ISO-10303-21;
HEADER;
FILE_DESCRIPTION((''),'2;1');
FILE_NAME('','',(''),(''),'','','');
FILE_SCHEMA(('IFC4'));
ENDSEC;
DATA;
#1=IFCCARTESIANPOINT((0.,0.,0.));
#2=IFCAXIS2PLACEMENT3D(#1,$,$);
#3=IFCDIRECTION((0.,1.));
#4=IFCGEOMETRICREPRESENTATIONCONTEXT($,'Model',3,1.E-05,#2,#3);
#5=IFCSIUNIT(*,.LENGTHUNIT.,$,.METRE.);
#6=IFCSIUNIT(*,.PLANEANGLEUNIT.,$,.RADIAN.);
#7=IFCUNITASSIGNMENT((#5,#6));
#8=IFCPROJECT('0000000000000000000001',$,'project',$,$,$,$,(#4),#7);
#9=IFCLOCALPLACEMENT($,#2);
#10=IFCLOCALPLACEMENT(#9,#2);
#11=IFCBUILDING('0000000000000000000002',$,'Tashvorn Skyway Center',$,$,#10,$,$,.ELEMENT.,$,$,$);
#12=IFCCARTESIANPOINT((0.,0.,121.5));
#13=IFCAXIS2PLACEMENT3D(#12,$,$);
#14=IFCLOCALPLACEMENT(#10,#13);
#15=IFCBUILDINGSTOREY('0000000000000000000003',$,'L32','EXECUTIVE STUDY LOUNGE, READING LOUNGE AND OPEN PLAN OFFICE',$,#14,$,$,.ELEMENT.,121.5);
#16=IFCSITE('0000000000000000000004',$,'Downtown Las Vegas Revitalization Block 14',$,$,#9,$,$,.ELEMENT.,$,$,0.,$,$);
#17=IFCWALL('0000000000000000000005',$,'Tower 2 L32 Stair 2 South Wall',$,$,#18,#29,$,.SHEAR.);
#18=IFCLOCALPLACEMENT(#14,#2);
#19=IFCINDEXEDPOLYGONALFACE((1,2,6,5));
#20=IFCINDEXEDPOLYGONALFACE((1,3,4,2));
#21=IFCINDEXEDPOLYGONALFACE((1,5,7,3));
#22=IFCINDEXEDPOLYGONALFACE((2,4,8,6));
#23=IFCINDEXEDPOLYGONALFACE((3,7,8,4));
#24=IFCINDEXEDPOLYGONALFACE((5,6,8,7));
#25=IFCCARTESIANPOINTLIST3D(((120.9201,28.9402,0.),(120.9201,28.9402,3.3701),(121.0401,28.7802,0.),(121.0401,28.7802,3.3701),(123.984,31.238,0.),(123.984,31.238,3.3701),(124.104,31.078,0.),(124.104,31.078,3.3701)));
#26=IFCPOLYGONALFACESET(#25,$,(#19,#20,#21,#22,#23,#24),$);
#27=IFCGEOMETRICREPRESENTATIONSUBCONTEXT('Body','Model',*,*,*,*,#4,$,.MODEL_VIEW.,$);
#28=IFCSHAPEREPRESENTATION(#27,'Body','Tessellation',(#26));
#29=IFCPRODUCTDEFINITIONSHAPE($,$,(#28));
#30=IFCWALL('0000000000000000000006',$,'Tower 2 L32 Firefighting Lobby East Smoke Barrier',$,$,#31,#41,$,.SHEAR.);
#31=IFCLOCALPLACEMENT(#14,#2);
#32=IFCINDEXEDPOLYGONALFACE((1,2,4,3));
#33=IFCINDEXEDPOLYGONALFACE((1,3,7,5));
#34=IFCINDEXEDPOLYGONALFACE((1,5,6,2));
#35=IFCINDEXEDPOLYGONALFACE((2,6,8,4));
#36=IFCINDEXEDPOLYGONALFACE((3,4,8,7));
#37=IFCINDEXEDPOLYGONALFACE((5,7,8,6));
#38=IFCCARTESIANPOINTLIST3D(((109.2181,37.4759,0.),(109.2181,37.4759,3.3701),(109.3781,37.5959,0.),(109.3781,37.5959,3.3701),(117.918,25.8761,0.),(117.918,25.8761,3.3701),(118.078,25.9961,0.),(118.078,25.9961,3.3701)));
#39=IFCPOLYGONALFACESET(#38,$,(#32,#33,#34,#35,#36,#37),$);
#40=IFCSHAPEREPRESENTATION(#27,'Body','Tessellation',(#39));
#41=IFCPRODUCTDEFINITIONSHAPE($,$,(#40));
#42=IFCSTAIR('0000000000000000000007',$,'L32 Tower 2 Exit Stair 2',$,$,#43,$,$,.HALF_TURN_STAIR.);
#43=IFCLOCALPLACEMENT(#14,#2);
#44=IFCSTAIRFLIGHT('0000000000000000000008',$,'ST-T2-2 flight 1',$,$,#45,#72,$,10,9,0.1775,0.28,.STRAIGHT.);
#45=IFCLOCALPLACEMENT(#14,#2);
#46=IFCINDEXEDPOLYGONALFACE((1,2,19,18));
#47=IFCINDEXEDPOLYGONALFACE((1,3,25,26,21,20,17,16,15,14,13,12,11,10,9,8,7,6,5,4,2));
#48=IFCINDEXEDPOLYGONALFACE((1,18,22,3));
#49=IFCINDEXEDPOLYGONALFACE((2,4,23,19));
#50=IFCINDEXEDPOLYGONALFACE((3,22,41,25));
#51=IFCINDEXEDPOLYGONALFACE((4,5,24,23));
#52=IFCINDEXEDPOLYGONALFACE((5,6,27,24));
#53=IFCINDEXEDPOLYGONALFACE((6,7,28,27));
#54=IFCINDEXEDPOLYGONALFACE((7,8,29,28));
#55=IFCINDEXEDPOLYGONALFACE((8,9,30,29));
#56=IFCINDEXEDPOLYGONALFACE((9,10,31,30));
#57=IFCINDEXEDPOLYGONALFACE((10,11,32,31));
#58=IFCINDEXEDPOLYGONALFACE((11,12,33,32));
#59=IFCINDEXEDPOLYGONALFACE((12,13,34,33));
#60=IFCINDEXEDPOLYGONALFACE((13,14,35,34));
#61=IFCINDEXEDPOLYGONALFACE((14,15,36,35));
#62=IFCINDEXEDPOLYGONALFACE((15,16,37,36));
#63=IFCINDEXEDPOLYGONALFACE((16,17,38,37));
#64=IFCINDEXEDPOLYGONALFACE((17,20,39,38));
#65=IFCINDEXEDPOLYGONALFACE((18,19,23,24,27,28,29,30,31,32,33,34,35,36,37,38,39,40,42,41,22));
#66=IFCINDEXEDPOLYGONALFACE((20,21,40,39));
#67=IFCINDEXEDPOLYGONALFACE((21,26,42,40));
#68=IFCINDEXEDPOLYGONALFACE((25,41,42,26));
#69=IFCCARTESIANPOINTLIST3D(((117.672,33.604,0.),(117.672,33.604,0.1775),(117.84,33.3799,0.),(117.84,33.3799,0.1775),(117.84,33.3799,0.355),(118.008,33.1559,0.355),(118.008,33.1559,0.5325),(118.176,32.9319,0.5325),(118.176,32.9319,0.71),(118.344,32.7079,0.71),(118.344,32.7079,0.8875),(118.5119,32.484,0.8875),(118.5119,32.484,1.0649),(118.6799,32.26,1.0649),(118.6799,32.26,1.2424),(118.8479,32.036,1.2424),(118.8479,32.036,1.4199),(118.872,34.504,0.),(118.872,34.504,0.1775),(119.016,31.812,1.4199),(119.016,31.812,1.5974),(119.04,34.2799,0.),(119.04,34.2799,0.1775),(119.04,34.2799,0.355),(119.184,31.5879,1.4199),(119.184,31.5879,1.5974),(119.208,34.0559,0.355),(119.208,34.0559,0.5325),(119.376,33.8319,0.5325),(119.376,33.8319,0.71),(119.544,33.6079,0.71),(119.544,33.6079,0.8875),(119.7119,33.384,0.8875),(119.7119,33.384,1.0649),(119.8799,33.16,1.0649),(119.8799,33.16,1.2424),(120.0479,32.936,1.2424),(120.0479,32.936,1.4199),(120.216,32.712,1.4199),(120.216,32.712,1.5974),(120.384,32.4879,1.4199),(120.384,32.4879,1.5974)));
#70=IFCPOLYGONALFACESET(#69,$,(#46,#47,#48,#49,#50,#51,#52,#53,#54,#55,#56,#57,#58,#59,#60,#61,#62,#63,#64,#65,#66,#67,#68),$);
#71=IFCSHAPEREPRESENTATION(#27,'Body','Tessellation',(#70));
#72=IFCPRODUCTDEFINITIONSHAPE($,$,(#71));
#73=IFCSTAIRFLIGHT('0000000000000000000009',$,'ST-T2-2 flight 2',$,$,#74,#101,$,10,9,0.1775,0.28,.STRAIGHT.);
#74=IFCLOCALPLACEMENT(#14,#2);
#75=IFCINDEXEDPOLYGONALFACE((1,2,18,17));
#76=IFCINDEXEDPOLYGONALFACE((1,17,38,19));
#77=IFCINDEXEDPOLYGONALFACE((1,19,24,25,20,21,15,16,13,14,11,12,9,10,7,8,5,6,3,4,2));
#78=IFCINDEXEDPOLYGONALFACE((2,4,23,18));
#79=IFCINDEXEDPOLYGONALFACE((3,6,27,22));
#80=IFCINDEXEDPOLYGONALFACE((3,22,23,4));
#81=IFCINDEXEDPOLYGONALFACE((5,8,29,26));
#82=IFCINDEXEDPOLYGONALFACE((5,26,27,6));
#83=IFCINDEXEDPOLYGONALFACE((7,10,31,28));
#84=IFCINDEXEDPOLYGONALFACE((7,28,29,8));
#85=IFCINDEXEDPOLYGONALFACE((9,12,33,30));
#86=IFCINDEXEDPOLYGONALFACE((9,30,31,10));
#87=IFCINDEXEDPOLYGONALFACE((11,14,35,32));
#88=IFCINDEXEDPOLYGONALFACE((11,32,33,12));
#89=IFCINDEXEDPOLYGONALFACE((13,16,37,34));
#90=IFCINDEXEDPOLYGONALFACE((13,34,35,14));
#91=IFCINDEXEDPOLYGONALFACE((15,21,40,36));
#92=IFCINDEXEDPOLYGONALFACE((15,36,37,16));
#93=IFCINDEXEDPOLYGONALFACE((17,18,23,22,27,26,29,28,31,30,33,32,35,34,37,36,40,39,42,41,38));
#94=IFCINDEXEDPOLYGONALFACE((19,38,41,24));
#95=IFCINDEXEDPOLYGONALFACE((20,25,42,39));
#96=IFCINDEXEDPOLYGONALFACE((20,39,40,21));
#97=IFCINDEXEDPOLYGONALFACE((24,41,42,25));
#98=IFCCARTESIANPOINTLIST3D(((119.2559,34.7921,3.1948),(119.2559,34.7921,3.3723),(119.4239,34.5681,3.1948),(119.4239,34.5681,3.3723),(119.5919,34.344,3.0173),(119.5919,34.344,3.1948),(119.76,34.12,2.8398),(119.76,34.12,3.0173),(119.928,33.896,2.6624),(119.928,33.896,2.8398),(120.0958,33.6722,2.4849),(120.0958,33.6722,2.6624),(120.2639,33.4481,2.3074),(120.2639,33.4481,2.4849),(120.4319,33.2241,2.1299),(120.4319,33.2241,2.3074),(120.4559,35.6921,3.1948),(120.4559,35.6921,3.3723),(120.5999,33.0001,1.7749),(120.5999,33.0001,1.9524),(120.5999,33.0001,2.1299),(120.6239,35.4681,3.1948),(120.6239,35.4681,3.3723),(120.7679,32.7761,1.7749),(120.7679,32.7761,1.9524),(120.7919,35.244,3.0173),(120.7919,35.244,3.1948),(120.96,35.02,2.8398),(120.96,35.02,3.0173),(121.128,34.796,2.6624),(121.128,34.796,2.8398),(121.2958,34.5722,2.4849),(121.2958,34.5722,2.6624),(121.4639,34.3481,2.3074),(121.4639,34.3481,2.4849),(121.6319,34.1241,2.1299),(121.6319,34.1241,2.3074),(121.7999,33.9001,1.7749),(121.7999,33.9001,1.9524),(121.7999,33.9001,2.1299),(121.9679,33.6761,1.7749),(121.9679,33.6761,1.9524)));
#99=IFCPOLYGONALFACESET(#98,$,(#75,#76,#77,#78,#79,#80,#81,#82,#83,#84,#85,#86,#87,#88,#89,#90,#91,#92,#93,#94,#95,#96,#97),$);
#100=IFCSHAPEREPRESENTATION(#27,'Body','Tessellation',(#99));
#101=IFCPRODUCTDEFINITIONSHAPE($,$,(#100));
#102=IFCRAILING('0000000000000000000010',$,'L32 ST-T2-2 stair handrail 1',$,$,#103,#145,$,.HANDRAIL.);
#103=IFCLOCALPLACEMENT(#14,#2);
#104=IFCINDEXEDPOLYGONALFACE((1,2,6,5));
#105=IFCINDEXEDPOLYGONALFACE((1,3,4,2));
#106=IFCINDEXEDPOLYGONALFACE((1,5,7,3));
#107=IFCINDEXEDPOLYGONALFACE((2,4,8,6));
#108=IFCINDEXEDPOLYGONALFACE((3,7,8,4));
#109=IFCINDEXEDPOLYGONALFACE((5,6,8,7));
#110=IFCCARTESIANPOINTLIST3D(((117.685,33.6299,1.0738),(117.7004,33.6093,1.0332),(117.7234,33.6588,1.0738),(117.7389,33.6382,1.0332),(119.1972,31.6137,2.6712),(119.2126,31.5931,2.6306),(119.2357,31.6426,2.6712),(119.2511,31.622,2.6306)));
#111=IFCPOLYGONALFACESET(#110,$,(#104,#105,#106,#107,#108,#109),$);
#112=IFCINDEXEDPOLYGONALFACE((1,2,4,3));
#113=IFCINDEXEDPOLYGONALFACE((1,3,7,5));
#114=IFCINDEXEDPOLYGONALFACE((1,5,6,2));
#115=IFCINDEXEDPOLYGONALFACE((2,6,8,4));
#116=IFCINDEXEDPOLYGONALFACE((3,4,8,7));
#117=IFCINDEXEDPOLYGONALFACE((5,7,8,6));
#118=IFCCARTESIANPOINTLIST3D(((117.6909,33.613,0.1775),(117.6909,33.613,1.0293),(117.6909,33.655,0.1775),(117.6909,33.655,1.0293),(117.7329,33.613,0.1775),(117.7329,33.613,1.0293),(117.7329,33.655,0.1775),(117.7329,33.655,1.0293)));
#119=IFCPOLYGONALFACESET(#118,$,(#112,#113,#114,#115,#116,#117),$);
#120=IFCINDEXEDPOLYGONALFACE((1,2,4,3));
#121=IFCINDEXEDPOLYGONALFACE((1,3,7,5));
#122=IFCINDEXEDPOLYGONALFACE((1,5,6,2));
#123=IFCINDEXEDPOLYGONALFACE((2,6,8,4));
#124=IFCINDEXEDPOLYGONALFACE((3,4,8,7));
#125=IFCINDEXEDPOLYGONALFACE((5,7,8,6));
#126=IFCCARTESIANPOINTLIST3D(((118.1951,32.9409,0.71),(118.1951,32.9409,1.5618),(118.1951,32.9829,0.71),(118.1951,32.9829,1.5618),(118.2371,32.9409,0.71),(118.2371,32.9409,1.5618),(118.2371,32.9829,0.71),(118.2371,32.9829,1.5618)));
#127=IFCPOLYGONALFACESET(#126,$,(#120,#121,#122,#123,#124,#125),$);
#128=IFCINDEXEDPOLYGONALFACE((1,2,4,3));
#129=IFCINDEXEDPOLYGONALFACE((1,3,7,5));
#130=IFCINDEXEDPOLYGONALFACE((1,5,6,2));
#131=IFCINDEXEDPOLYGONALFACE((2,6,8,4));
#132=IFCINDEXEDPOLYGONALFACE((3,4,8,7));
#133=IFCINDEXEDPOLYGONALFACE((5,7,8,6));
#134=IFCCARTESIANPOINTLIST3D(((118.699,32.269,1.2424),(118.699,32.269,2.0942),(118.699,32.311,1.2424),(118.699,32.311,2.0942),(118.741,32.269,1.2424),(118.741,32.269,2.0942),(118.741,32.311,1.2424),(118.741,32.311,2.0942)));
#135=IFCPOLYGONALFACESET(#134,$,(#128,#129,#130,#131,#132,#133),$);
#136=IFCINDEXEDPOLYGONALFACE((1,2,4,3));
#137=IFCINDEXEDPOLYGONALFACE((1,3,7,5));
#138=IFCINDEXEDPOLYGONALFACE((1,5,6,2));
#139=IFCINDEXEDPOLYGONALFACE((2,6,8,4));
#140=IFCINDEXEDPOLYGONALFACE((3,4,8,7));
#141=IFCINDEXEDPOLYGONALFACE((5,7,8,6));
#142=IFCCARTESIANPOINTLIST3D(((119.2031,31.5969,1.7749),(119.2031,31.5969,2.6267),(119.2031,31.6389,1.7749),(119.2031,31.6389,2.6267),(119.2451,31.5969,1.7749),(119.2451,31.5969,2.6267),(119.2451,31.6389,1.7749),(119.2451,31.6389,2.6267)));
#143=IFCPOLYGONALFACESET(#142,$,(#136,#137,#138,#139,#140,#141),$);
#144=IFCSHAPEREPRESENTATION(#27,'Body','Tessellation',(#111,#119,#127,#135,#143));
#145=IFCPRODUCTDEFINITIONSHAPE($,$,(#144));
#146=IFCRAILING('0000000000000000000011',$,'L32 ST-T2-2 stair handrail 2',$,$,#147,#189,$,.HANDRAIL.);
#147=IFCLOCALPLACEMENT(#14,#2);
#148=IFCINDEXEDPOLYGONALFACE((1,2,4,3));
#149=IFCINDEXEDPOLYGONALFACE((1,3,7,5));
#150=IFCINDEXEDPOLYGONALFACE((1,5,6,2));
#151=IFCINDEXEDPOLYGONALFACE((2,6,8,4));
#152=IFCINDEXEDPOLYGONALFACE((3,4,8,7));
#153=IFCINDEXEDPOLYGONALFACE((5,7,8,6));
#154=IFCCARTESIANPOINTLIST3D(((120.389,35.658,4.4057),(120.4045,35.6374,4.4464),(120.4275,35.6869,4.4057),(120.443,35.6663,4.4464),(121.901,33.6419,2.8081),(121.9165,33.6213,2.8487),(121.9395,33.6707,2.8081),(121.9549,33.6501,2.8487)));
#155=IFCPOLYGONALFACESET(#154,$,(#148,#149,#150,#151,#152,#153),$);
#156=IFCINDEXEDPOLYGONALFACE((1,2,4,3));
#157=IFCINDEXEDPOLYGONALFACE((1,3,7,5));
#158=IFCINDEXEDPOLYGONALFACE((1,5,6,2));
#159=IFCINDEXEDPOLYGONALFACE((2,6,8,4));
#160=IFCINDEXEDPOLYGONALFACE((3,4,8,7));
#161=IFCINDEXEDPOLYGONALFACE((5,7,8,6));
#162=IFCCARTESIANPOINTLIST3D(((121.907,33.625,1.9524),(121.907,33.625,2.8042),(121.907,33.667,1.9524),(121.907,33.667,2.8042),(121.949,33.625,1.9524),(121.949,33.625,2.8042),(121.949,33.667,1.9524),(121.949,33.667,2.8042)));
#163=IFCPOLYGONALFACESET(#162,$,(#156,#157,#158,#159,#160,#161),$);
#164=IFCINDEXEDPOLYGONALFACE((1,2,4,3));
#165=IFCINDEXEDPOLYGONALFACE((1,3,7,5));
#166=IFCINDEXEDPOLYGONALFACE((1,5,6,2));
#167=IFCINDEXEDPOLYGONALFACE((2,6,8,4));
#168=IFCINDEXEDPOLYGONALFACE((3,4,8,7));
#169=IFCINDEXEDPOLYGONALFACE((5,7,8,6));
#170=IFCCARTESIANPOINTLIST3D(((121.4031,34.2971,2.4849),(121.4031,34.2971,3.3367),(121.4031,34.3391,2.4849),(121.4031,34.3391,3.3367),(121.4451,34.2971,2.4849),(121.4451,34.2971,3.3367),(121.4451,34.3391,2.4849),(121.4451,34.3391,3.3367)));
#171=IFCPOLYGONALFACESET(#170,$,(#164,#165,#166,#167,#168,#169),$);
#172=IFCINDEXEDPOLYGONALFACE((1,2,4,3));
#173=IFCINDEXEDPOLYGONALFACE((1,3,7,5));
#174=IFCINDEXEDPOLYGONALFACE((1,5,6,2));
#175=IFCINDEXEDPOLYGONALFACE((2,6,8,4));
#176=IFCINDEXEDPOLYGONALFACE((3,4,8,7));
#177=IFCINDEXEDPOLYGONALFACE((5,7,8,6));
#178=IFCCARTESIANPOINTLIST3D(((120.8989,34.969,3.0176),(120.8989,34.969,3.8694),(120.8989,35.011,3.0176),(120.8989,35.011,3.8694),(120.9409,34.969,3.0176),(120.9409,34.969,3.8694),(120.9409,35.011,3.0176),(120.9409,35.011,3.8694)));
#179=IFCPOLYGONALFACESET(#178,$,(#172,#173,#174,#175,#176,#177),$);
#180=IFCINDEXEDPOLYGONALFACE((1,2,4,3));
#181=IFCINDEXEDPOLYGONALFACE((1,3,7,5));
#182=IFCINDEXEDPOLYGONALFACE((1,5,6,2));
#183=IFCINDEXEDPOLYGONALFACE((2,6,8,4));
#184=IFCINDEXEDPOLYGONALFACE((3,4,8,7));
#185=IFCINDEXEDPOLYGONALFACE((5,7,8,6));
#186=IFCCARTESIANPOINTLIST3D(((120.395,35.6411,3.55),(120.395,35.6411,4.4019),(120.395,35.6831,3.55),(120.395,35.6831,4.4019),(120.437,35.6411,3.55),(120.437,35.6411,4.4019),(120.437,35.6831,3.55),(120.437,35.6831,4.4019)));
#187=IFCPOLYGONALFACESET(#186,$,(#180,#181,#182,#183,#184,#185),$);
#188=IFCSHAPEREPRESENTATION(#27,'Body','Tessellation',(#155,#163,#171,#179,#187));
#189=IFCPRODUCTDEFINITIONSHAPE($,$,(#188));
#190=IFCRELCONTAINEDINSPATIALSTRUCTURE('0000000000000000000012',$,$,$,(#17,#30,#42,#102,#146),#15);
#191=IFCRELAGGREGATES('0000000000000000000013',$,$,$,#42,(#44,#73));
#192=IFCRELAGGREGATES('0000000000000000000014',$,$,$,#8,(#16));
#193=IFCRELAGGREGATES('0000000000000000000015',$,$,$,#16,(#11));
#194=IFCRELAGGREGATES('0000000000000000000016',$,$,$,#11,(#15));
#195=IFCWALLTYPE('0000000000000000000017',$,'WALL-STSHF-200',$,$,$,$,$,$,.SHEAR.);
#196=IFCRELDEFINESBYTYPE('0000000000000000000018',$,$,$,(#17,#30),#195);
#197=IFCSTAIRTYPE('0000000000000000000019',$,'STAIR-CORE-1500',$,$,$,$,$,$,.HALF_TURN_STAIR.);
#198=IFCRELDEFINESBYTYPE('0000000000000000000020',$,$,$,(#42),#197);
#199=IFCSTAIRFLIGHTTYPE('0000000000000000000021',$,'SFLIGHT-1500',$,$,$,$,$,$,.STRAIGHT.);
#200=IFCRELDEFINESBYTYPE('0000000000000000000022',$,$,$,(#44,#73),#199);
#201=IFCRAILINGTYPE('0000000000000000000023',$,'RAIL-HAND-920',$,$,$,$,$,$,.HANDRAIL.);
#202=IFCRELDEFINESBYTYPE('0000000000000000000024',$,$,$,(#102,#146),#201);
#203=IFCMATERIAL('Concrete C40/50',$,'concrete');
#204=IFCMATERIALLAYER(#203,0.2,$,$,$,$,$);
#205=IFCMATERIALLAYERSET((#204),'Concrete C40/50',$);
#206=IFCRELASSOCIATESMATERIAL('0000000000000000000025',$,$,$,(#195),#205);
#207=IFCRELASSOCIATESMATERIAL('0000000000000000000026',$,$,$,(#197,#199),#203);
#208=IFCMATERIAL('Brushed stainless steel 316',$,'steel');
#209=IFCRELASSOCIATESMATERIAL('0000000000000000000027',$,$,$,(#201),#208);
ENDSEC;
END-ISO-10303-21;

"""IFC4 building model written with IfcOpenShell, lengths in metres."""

from ifc_helpers import new_model, si_unit, direction, frame, frame_2d, origin, origin_2d, place, context, subcontext, project, spatial, polyline, rectangle, outline, extrude, material, layer, layer_set, type_object, element, aggregate, save


model = new_model("IFC4")

# Units and contexts
model_context = context("Model", 3, precision=1e-05, world=origin(), true_north=direction((0.0, 1.0)))
body_context = subcontext(model_context, "Body", "Model", "MODEL_VIEW")
ifc_project = project(units=[si_unit("LENGTHUNIT", "METRE"), si_unit("PLANEANGLEUNIT", "RADIAN")], contexts=[model_context])

# Site, building, storey
site_placement = place(None, origin())
site = spatial("IfcSite", under=ifc_project, at=site_placement, Name="Downtown Las Vegas Revitalization Block 14", CompositionType="ELEMENT", RefElevation=0.0)
building_placement = place(site_placement, origin())
building = spatial("IfcBuilding", under=site, at=building_placement, Name="Tashvorn Skyway Center", CompositionType="ELEMENT")
storey_placement = place(building_placement, frame((0.0, 0.0, 121.5)))
storey = spatial("IfcBuildingStorey", under=building, at=storey_placement, Name="L32", Description="EXECUTIVE STUDY LOUNGE, READING LOUNGE AND OPEN PLAN OFFICE", CompositionType="ELEMENT", Elevation=121.5)

# Shared definitions
ifc_material_1 = material(Name="Concrete C40/50", Category="concrete")

# Walls
ifc_layer_1 = layer(ifc_material_1, 0.2)
ifc_layer_set_1 = layer_set([ifc_layer_1], Name="Concrete C40/50")
wall_type_1 = type_object("IfcWallType", Name="WALL-STSHF-200", PredefinedType="SHEAR", material=ifc_layer_set_1)
wall_1_placement = place(storey_placement, frame((120.98, 28.8601, 0.0), z_axis=(0.0, 0.0, 1.0), x_axis=(0.800015, 0.59998, 0.0)))
element("IfcWall", 1, at=wall_1_placement, inside=storey, type_object=wall_type_1, Name="Tower 2 L32 Stair 2 South Wall", PredefinedType="SHEAR", context=body_context, shape_type="SweptSolid", body=[
    extrude(rectangle(XDim=3.8298, YDim=0.2, at=frame_2d((1.915, 0.0))), origin(), (0.0, 0.0, 1.0), 3.3701),
])
wall_2_placement = place(storey_placement, frame((117.998, 25.936, 0.0), z_axis=(0.0, 0.0, 1.0), x_axis=(-0.600003, 0.799998, 0.0)))
element("IfcWall", 2, at=wall_2_placement, inside=storey, type_object=wall_type_1, Name="Tower 2 L32 Firefighting Lobby East Smoke Barrier", PredefinedType="SHEAR", context=body_context, shape_type="SweptSolid", body=[
    extrude(rectangle(XDim=14.4998, YDim=0.2, at=frame_2d((7.25, 0.0))), origin(), (0.0, 0.0, 1.0), 3.3701),
])

# Stair, stair flights
stair_type = type_object("IfcStairType", Name="STAIR-CORE-1500", PredefinedType="HALF_TURN_STAIR", material=ifc_material_1)
stair_placement = place(storey_placement, origin())
stair = element("IfcStair", 3, at=stair_placement, inside=storey, type_object=stair_type, Name="L32 Tower 2 Exit Stair 2", PredefinedType="HALF_TURN_STAIR")
stair_flight_type = type_object("IfcStairFlightType", Name="SFLIGHT-1500", PredefinedType="STRAIGHT", material=ifc_material_1)
stair_flight_1_placement = place(storey_placement, frame((118.272, 34.054, 0.0), z_axis=(0.0, 0.0, 1.0), x_axis=(0.6, -0.8, 0.0)))
stair_flight_1 = element("IfcStairFlight", 4, at=stair_flight_1_placement, type_object=stair_flight_type, Name="ST-T2-2 flight 1", NumberOfRisers=10, NumberOfTreads=9, PredefinedType="STRAIGHT", RiserHeight=0.1775, TreadLength=0.28, context=body_context, shape_type="SweptSolid", body=[
    extrude(outline(polyline([(0.0, 0.0), (0.0, 0.1775), (0.28, 0.1775), (0.28, 0.355), (0.5601, 0.355), (0.5601, 0.5325), (0.8401, 0.5325), (0.8401, 0.71), (1.1201, 0.71), (1.1201, 0.8875), (1.3999, 0.8875), (1.3999, 1.0649), (1.6799, 1.0649), (1.6799, 1.2424), (1.96, 1.2424), (1.96, 1.4199), (2.24, 1.4199), (2.24, 1.5974), (2.52, 1.5974), (2.52, 1.7749), (2.52, 1.4199), (0.28, 0.0), (0.0, 0.0)])), frame((0.0, 0.75, 0.0), z_axis=(0.0, -1.0, 0.0), x_axis=(1.0, 0.0, 0.0)), (0.0, 0.0, 1.0), 1.5),
])
stair_flight_2_placement = place(storey_placement, frame((121.3679, 33.2261, 1.7749), z_axis=(0.0, 0.0, 1.0), x_axis=(-0.6, 0.8, 0.0)))
stair_flight_2 = element("IfcStairFlight", 5, at=stair_flight_2_placement, type_object=stair_flight_type, Name="ST-T2-2 flight 2", NumberOfRisers=10, NumberOfTreads=9, PredefinedType="STRAIGHT", RiserHeight=0.1775, TreadLength=0.28, context=body_context, shape_type="SweptSolid", body=[
    extrude(outline(polyline([(0.0, 0.0), (0.0, 0.1775), (0.28, 0.1775), (0.28, 0.355), (0.5601, 0.355), (0.5601, 0.5325), (0.8401, 0.5325), (0.8401, 0.71), (1.1201, 0.71), (1.1201, 0.8875), (1.3999, 0.8875), (1.3999, 1.0649), (1.6799, 1.0649), (1.6799, 1.2424), (1.96, 1.2424), (1.96, 1.4199), (2.24, 1.4199), (2.24, 1.5974), (2.52, 1.5974), (2.52, 1.7749), (2.52, 1.4199), (0.28, 0.0), (0.0, 0.0)])), frame((0.0, 0.75, 0.0), z_axis=(0.0, -1.0, 0.0), x_axis=(1.0, 0.0, 0.0)), (0.0, 0.0, 1.0), 1.5),
])
aggregate(stair, [stair_flight_1, stair_flight_2])

# Railings
ifc_material_2 = material(Name="Brushed stainless steel 316", Category="steel")
railing_type_1 = type_object("IfcRailingType", Name="RAIL-HAND-920", PredefinedType="HANDRAIL", material=ifc_material_2)
railing_1_placement = place(storey_placement, frame((117.7119, 33.634, 0.1775)))
element("IfcRailing", 6, at=railing_1_placement, inside=storey, type_object=railing_type_1, Name="L32 ST-T2-2 stair handrail 1", PredefinedType="HANDRAIL", context=body_context, shape_type="SweptSolid", body=[
    extrude(rectangle(XDim=0.0481, YDim=0.0481, at=origin_2d()), frame((0.0, 0.0, 0.876), z_axis=(0.506802, -0.675681, 0.535357), x_axis=(0.799977, 0.600031, 0.0)), (0.0, 0.0, 1.0), 2.9839),
    extrude(rectangle(XDim=0.042, YDim=0.042, at=origin_2d()), origin(), (0.0, 0.0, 1.0), 0.8518),
    extrude(rectangle(XDim=0.042, YDim=0.042, at=origin_2d()), frame((0.5042, -0.6721, 0.5325)), (0.0, 0.0, 1.0), 0.8518),
    extrude(rectangle(XDim=0.042, YDim=0.042, at=origin_2d()), frame((1.0081, -1.344, 1.0649)), (0.0, 0.0, 1.0), 0.8518),
    extrude(rectangle(XDim=0.042, YDim=0.042, at=origin_2d()), frame((1.5122, -2.0161, 1.5974)), (0.0, 0.0, 1.0), 0.8518),
])
railing_2_placement = place(storey_placement, frame((121.928, 33.646, 1.9524)))
element("IfcRailing", 7, at=railing_2_placement, inside=storey, type_object=railing_type_1, Name="L32 ST-T2-2 stair handrail 2", PredefinedType="HANDRAIL", context=body_context, shape_type="SweptSolid", body=[
    extrude(rectangle(XDim=0.0481, YDim=0.0481, at=origin_2d()), frame((0.0, 0.0, 0.876), z_axis=(-0.506719, 0.675679, 0.535438), x_axis=(-0.800023, -0.599969, 0.0)), (0.0, 0.0, 1.0), 2.9839),
    extrude(rectangle(XDim=0.042, YDim=0.042, at=origin_2d()), origin(), (0.0, 0.0, 1.0), 0.8518),
    extrude(rectangle(XDim=0.042, YDim=0.042, at=origin_2d()), frame((-0.5039, 0.6721, 0.5325)), (0.0, 0.0, 1.0), 0.8518),
    extrude(rectangle(XDim=0.042, YDim=0.042, at=origin_2d()), frame((-1.0081, 1.344, 1.0652)), (0.0, 0.0, 1.0), 0.8518),
    extrude(rectangle(XDim=0.042, YDim=0.042, at=origin_2d()), frame((-1.512, 2.0161, 1.5977)), (0.0, 0.0, 1.0), 0.8518),
])

save(model, "model.ifc")
